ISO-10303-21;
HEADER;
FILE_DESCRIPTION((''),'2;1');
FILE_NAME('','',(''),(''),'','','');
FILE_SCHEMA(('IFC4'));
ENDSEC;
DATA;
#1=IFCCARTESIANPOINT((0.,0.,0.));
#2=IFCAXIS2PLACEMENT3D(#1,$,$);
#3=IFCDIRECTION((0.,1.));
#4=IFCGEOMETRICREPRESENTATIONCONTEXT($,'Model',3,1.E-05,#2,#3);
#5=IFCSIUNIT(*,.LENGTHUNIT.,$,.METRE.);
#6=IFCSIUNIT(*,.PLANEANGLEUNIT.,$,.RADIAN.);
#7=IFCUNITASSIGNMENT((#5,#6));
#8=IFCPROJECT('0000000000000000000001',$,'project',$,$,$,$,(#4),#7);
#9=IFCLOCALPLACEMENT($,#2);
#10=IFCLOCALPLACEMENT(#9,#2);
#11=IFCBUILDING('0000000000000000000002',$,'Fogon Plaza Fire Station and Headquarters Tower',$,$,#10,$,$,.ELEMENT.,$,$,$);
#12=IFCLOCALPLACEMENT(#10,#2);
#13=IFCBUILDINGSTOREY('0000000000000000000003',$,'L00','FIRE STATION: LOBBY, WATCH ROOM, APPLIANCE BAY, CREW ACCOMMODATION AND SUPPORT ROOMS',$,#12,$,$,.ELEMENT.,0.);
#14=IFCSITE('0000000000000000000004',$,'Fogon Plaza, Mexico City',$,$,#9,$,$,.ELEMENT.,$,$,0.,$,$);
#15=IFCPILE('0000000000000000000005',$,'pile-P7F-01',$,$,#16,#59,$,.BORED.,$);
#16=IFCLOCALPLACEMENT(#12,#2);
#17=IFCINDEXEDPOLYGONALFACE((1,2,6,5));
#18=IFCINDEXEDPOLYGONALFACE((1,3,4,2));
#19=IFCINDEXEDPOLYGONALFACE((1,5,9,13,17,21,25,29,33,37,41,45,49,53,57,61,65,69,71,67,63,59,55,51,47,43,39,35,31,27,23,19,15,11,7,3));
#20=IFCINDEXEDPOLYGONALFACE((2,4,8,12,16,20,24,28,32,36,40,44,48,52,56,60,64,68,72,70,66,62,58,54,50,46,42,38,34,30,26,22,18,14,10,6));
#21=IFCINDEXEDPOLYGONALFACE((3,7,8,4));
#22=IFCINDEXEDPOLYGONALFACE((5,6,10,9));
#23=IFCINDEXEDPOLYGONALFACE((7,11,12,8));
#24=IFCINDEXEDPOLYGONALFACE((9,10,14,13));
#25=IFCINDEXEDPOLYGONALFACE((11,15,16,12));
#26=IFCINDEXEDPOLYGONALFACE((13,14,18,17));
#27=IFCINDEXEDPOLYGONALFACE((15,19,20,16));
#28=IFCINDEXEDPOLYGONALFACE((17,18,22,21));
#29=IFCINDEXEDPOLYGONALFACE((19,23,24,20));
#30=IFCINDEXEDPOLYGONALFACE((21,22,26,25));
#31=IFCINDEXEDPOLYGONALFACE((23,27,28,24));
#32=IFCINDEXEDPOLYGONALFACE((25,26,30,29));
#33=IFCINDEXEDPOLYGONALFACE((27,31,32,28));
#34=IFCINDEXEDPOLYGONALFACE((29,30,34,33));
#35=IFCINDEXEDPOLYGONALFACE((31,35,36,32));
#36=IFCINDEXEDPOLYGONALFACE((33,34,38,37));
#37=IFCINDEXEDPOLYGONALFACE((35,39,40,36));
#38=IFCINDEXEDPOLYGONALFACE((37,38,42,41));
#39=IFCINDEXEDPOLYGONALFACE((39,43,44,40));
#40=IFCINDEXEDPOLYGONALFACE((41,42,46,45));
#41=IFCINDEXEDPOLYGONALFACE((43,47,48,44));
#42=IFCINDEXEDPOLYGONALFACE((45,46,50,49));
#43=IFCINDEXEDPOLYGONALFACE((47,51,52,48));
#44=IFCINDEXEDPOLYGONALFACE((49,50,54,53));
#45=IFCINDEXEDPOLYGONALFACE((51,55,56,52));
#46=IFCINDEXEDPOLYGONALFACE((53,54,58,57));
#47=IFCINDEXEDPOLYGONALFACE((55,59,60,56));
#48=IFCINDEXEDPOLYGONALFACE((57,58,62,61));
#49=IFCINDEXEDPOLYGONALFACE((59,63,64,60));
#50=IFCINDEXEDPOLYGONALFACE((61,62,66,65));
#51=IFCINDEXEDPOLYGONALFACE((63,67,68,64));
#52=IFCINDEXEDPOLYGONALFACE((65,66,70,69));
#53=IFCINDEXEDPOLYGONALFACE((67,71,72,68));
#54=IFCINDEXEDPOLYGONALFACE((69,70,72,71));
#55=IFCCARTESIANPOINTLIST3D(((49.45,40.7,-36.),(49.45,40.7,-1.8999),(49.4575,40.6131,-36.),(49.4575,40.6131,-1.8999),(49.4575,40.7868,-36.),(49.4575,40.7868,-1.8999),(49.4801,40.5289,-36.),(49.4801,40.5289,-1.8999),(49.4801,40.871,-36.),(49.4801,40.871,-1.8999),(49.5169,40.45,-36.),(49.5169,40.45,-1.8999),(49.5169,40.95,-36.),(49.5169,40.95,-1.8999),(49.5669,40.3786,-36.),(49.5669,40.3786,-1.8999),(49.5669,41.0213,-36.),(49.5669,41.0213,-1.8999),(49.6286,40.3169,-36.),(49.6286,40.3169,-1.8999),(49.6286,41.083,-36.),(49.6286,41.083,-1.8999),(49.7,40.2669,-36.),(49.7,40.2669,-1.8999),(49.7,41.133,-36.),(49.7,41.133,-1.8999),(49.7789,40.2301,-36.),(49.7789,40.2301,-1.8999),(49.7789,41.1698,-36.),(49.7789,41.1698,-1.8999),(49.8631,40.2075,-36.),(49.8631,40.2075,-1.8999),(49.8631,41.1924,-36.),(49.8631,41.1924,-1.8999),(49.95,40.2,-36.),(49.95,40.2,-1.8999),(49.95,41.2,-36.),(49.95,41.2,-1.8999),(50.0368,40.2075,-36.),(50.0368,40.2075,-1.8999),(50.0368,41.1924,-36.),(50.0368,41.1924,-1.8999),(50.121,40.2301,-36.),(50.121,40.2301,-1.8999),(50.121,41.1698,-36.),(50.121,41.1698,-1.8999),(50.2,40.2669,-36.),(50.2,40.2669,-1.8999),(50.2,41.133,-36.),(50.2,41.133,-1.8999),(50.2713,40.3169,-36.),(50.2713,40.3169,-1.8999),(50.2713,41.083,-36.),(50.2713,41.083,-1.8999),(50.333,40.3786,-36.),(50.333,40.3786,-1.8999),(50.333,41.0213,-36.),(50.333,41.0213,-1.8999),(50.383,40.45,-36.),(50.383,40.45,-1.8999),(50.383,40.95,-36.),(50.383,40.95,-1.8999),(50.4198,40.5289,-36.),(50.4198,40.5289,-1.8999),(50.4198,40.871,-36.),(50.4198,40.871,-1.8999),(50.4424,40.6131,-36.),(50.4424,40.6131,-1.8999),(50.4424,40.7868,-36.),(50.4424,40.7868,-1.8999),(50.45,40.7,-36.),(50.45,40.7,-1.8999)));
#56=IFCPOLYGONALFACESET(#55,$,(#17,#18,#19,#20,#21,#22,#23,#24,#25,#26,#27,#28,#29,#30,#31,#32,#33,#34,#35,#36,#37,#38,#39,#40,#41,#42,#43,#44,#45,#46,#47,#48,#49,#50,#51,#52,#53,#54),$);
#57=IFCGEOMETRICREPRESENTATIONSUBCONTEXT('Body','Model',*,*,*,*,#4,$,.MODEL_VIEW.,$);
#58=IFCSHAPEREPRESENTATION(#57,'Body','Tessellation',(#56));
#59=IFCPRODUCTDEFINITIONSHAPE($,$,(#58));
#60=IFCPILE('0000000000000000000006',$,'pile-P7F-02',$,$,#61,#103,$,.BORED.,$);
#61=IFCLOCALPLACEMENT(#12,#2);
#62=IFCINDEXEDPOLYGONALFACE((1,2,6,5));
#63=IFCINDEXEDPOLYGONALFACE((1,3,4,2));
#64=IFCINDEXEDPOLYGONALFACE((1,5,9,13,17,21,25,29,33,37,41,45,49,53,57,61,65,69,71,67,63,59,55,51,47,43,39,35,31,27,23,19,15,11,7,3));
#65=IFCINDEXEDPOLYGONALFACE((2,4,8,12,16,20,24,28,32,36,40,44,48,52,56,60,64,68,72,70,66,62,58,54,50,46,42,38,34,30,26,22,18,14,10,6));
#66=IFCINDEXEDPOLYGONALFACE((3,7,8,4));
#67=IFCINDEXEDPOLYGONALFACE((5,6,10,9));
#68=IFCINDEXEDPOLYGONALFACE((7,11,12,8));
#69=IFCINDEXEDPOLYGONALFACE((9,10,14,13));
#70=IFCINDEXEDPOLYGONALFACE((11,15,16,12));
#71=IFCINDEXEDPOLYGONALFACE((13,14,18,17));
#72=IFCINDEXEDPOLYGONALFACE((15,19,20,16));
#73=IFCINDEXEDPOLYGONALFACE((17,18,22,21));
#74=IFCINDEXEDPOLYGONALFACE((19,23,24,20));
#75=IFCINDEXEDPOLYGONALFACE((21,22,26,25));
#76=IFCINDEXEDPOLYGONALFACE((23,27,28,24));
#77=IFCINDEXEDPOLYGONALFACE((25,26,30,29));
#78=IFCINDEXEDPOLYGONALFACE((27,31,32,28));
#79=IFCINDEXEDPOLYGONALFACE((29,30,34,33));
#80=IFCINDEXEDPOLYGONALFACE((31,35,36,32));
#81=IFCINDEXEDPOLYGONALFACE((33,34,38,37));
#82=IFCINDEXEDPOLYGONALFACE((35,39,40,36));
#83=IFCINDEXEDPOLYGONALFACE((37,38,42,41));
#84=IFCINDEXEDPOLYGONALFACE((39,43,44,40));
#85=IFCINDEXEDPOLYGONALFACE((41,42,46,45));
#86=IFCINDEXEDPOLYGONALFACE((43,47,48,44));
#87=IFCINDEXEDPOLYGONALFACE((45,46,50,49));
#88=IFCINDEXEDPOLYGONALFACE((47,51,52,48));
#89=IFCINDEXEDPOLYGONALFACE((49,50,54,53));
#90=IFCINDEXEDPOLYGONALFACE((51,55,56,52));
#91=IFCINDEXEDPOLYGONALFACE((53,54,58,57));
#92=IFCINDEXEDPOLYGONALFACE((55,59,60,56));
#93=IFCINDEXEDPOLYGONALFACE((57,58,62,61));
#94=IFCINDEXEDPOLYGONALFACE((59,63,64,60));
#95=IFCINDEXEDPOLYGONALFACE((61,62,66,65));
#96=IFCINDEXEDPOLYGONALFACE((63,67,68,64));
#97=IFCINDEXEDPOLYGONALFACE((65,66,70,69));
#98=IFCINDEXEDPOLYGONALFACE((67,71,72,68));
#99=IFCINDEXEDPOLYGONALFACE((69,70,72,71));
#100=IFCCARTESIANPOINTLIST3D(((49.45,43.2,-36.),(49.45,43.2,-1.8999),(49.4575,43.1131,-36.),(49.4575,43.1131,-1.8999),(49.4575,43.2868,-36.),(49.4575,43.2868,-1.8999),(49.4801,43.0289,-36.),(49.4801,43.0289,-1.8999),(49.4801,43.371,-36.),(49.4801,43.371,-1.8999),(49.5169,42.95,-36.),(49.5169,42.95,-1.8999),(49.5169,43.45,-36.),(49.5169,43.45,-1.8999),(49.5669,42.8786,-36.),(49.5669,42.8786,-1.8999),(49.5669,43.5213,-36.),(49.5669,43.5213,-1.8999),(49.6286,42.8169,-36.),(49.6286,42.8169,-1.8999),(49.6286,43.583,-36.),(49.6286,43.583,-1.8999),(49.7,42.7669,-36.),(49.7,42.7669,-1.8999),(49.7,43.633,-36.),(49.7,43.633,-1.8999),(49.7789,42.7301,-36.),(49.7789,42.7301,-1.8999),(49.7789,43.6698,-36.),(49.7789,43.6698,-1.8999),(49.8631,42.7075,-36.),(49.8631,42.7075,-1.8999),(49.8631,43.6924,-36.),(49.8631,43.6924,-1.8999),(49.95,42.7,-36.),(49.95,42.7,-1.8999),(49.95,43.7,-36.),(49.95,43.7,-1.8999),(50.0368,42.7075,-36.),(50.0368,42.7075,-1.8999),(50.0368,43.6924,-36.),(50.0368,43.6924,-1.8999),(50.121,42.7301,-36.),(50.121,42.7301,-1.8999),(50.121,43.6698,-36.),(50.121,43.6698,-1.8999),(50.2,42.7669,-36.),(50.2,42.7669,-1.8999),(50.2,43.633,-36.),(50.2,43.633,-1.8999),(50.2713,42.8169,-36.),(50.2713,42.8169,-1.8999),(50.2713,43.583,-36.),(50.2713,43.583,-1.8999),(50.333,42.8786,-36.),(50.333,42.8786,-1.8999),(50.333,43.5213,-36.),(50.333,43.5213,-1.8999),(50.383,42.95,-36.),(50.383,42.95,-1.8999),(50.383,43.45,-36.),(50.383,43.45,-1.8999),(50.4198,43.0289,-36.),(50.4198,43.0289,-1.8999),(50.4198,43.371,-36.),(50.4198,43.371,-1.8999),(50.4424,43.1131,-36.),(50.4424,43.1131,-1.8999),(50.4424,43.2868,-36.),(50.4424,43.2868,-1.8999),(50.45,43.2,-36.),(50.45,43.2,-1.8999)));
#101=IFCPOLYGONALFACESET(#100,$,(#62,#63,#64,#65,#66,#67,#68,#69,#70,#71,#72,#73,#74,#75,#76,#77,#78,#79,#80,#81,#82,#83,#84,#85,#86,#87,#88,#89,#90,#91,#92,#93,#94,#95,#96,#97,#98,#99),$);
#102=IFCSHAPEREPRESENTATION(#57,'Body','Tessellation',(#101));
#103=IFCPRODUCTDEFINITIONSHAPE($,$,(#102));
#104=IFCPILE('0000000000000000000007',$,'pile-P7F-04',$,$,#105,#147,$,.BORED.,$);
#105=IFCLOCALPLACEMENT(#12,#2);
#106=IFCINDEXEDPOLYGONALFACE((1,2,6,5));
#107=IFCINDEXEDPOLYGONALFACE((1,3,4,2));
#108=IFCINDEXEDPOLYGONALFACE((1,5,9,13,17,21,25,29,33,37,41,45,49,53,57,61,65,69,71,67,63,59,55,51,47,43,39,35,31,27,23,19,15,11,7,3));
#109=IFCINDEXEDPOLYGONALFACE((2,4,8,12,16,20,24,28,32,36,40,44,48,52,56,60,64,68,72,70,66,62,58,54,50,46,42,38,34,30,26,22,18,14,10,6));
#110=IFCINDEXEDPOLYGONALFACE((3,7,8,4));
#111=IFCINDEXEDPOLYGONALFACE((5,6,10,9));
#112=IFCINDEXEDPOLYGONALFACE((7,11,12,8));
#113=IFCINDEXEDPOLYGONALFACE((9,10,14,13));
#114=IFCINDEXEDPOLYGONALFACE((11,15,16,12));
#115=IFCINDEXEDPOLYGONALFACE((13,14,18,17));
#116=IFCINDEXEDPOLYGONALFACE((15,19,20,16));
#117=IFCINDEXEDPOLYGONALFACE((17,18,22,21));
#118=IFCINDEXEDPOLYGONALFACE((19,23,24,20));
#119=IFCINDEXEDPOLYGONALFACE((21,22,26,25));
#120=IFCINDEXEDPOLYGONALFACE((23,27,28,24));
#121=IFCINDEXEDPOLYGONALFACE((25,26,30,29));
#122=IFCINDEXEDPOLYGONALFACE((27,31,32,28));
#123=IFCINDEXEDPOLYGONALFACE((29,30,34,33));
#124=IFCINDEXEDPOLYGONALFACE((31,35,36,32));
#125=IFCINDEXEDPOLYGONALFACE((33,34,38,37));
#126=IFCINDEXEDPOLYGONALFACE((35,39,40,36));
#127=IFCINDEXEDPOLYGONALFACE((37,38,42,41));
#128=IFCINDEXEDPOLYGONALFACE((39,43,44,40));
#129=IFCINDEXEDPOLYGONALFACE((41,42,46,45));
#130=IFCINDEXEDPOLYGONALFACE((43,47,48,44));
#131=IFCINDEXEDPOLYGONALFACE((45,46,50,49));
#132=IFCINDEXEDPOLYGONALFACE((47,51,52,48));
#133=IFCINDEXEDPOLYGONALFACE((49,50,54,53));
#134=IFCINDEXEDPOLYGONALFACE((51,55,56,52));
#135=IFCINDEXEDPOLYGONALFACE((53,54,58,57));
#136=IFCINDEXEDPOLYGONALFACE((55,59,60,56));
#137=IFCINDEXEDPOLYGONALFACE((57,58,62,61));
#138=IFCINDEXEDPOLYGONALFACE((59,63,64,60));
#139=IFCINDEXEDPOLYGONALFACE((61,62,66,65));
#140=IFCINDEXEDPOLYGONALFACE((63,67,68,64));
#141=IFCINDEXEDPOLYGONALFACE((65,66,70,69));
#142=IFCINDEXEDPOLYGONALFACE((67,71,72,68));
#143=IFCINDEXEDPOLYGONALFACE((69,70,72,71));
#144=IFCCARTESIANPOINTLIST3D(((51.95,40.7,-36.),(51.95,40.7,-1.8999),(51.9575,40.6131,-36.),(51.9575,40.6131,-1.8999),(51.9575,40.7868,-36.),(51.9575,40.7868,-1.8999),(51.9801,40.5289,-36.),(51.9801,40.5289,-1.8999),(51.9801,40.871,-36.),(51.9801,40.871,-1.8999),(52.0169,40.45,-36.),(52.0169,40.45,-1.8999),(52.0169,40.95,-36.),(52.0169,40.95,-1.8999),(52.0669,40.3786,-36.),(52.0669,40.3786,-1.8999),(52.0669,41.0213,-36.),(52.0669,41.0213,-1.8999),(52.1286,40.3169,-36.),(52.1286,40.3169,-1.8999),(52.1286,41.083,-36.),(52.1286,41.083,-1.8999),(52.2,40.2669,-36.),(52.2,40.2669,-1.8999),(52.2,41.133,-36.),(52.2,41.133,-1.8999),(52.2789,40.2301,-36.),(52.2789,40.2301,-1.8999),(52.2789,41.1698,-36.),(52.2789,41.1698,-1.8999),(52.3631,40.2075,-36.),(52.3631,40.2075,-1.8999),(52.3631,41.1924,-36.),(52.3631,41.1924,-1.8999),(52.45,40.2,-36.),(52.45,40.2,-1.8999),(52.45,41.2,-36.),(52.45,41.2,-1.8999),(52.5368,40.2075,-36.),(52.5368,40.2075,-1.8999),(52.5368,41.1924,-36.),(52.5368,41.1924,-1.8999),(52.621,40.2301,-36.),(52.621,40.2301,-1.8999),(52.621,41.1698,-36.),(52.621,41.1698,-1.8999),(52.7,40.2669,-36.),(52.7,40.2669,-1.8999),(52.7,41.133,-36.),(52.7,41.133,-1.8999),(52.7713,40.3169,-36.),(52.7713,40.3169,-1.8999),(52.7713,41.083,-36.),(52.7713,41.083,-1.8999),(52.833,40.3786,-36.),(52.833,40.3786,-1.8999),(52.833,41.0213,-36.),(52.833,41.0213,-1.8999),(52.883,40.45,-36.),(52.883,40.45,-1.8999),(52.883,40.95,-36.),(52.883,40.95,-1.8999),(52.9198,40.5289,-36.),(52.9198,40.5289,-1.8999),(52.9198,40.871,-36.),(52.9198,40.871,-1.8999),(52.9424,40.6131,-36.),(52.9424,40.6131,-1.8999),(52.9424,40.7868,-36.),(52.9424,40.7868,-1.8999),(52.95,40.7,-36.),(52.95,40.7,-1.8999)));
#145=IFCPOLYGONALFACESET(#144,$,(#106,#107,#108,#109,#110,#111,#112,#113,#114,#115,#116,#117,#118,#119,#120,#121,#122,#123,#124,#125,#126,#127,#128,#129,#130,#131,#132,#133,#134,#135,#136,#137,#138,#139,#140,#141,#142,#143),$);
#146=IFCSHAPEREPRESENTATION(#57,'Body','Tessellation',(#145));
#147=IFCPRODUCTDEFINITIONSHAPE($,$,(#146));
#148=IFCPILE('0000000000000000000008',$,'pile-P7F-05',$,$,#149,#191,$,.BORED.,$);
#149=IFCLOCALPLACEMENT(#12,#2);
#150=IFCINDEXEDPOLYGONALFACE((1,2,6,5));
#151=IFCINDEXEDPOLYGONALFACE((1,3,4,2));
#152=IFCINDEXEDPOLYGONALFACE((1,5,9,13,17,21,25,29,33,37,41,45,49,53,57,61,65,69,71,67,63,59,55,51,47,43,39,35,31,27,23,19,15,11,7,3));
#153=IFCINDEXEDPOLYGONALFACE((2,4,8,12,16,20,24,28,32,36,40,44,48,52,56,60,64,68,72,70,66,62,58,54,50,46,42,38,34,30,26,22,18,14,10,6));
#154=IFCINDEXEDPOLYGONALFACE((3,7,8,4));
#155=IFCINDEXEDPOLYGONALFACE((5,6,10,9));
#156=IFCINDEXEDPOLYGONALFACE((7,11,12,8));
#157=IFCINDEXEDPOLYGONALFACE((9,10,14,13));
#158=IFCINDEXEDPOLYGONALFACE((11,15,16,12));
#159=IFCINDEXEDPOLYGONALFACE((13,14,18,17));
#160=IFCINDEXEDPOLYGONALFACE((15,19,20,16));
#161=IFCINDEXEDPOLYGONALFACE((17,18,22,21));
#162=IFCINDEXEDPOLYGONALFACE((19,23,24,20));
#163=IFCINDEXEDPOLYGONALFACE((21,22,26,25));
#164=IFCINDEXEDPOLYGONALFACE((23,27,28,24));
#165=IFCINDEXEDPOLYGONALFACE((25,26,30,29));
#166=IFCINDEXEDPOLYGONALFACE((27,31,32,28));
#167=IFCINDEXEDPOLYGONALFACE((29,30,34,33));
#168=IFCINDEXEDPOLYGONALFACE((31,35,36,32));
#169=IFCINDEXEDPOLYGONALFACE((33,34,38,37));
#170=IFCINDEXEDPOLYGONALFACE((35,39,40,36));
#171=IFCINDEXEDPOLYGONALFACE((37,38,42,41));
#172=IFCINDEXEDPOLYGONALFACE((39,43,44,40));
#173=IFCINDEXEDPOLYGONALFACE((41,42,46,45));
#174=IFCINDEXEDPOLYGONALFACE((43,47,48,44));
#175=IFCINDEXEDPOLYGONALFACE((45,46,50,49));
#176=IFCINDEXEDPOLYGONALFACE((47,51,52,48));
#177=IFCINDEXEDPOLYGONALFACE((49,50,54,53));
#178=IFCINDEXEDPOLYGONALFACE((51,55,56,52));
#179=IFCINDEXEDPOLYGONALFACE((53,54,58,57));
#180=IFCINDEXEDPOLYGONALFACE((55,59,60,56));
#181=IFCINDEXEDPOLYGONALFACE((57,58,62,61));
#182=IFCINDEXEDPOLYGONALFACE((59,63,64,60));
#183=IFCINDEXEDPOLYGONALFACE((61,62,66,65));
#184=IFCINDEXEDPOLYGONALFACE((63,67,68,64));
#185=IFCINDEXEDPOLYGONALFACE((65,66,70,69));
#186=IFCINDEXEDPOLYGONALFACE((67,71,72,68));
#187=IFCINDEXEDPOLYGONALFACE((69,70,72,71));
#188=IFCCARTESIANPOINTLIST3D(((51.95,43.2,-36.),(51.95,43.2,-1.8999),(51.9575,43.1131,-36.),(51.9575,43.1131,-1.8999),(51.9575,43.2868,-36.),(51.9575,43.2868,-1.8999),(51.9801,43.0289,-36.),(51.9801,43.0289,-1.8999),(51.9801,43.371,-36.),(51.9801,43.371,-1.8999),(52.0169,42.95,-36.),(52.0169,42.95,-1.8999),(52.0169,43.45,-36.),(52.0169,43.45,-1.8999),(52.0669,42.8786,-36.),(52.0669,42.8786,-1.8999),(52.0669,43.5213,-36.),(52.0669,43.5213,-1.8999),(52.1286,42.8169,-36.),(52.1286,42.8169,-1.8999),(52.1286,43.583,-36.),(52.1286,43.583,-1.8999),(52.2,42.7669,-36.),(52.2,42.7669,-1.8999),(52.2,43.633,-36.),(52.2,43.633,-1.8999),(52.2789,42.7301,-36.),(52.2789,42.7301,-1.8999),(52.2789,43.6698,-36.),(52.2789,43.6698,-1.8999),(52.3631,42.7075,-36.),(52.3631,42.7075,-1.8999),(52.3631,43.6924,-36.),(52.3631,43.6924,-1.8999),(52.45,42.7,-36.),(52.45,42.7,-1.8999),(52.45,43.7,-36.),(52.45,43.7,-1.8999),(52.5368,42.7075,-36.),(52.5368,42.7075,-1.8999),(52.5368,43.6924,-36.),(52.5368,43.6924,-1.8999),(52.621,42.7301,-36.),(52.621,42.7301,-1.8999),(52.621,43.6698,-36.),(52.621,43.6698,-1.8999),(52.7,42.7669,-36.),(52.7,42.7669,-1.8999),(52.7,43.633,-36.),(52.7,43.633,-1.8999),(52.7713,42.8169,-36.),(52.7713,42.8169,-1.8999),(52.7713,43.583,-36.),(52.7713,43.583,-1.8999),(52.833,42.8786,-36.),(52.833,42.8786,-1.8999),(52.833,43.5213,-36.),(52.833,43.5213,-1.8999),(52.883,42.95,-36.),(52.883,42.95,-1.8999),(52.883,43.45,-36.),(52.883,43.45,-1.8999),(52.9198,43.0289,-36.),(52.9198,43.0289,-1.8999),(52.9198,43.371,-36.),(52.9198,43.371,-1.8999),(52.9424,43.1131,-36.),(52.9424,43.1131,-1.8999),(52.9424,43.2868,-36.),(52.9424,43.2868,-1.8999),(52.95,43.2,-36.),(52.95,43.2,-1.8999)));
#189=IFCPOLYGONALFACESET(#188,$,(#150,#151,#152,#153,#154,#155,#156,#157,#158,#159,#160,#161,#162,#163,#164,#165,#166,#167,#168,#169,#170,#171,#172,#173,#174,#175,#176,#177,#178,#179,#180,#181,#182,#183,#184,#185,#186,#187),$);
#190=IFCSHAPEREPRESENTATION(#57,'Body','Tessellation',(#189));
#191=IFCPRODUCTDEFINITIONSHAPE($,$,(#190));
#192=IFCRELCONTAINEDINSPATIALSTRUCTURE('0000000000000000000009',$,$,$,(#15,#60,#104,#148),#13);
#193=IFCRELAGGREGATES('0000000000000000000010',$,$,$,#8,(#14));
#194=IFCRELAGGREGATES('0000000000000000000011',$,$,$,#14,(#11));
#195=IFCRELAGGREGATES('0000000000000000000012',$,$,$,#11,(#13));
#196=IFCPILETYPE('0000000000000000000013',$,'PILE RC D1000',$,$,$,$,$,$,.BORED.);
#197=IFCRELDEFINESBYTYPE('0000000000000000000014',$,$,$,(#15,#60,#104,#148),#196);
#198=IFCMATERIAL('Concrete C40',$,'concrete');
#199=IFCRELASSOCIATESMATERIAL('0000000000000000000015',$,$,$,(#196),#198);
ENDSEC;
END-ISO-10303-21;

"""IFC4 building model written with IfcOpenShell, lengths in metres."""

from ifc_helpers import new_model, si_unit, direction, frame, origin, origin_2d, place, context, subcontext, project, spatial, circle, extrude, material, material_profile, profile_set, type_object, element, save


model = new_model("IFC4")

# Units and contexts
model_context = context("Model", 3, precision=1e-05, world=origin(), true_north=direction((0.0, 1.0)))
body_context = subcontext(model_context, "Body", "Model", "MODEL_VIEW")
ifc_project = project(units=[si_unit("LENGTHUNIT", "METRE"), si_unit("PLANEANGLEUNIT", "RADIAN")], contexts=[model_context])

# Site, building, storey
site_placement = place(None, origin())
site = spatial("IfcSite", under=ifc_project, at=site_placement, Name="Fogon Plaza, Mexico City", CompositionType="ELEMENT", RefElevation=0.0)
building_placement = place(site_placement, origin())
building = spatial("IfcBuilding", under=site, at=building_placement, Name="Fogon Plaza Fire Station and Headquarters Tower", CompositionType="ELEMENT")
storey_placement = place(building_placement, origin())
storey = spatial("IfcBuildingStorey", under=building, at=storey_placement, Name="L00", Description="FIRE STATION: LOBBY, WATCH ROOM, APPLIANCE BAY, CREW ACCOMMODATION AND SUPPORT ROOMS", CompositionType="ELEMENT", Elevation=0.0)

# Piles
ifc_material_1 = material(Name="Concrete C40", Category="concrete")
ifc_material_profile_1 = material_profile(ifc_material_1, circle(Radius=0.5, at=origin_2d()), Name="RC D1000")
ifc_profile_set_1 = profile_set([ifc_material_profile_1], Name="Concrete C40")
pile_type = type_object("IfcPileType", Name="PILE RC D1000", PredefinedType="BORED", material=ifc_profile_set_1)
for number, where, z_axis, x_axis, name in (
    (1, (49.95, 40.7, -1.8999), (0.0, 0.0, -1.0), (1.0, 0.0, 0.0), "pile-P7F-01"),
    (2, (49.95, 43.2, -1.8999), (0.0, 0.0, -1.0), (1.0, 0.0, 0.0), "pile-P7F-02"),
    (3, (52.45, 40.7, -1.8999), (0.0, 0.0, -1.0), (1.0, 0.0, 0.0), "pile-P7F-04"),
    (4, (52.45, 43.2, -1.8999), (0.0, 0.0, -1.0), (1.0, 0.0, 0.0), "pile-P7F-05"),
):
    element("IfcPile", number, at=place(storey_placement, frame(where, z_axis=z_axis, x_axis=x_axis)), inside=storey, type_object=pile_type, Name=name, PredefinedType="BORED", context=body_context, shape_type="SweptSolid", body=[
        extrude(circle(Radius=0.5, at=origin_2d()), origin(), (0.0, 0.0, 1.0), 34.1001),
    ])

save(model, "model.ifc")
